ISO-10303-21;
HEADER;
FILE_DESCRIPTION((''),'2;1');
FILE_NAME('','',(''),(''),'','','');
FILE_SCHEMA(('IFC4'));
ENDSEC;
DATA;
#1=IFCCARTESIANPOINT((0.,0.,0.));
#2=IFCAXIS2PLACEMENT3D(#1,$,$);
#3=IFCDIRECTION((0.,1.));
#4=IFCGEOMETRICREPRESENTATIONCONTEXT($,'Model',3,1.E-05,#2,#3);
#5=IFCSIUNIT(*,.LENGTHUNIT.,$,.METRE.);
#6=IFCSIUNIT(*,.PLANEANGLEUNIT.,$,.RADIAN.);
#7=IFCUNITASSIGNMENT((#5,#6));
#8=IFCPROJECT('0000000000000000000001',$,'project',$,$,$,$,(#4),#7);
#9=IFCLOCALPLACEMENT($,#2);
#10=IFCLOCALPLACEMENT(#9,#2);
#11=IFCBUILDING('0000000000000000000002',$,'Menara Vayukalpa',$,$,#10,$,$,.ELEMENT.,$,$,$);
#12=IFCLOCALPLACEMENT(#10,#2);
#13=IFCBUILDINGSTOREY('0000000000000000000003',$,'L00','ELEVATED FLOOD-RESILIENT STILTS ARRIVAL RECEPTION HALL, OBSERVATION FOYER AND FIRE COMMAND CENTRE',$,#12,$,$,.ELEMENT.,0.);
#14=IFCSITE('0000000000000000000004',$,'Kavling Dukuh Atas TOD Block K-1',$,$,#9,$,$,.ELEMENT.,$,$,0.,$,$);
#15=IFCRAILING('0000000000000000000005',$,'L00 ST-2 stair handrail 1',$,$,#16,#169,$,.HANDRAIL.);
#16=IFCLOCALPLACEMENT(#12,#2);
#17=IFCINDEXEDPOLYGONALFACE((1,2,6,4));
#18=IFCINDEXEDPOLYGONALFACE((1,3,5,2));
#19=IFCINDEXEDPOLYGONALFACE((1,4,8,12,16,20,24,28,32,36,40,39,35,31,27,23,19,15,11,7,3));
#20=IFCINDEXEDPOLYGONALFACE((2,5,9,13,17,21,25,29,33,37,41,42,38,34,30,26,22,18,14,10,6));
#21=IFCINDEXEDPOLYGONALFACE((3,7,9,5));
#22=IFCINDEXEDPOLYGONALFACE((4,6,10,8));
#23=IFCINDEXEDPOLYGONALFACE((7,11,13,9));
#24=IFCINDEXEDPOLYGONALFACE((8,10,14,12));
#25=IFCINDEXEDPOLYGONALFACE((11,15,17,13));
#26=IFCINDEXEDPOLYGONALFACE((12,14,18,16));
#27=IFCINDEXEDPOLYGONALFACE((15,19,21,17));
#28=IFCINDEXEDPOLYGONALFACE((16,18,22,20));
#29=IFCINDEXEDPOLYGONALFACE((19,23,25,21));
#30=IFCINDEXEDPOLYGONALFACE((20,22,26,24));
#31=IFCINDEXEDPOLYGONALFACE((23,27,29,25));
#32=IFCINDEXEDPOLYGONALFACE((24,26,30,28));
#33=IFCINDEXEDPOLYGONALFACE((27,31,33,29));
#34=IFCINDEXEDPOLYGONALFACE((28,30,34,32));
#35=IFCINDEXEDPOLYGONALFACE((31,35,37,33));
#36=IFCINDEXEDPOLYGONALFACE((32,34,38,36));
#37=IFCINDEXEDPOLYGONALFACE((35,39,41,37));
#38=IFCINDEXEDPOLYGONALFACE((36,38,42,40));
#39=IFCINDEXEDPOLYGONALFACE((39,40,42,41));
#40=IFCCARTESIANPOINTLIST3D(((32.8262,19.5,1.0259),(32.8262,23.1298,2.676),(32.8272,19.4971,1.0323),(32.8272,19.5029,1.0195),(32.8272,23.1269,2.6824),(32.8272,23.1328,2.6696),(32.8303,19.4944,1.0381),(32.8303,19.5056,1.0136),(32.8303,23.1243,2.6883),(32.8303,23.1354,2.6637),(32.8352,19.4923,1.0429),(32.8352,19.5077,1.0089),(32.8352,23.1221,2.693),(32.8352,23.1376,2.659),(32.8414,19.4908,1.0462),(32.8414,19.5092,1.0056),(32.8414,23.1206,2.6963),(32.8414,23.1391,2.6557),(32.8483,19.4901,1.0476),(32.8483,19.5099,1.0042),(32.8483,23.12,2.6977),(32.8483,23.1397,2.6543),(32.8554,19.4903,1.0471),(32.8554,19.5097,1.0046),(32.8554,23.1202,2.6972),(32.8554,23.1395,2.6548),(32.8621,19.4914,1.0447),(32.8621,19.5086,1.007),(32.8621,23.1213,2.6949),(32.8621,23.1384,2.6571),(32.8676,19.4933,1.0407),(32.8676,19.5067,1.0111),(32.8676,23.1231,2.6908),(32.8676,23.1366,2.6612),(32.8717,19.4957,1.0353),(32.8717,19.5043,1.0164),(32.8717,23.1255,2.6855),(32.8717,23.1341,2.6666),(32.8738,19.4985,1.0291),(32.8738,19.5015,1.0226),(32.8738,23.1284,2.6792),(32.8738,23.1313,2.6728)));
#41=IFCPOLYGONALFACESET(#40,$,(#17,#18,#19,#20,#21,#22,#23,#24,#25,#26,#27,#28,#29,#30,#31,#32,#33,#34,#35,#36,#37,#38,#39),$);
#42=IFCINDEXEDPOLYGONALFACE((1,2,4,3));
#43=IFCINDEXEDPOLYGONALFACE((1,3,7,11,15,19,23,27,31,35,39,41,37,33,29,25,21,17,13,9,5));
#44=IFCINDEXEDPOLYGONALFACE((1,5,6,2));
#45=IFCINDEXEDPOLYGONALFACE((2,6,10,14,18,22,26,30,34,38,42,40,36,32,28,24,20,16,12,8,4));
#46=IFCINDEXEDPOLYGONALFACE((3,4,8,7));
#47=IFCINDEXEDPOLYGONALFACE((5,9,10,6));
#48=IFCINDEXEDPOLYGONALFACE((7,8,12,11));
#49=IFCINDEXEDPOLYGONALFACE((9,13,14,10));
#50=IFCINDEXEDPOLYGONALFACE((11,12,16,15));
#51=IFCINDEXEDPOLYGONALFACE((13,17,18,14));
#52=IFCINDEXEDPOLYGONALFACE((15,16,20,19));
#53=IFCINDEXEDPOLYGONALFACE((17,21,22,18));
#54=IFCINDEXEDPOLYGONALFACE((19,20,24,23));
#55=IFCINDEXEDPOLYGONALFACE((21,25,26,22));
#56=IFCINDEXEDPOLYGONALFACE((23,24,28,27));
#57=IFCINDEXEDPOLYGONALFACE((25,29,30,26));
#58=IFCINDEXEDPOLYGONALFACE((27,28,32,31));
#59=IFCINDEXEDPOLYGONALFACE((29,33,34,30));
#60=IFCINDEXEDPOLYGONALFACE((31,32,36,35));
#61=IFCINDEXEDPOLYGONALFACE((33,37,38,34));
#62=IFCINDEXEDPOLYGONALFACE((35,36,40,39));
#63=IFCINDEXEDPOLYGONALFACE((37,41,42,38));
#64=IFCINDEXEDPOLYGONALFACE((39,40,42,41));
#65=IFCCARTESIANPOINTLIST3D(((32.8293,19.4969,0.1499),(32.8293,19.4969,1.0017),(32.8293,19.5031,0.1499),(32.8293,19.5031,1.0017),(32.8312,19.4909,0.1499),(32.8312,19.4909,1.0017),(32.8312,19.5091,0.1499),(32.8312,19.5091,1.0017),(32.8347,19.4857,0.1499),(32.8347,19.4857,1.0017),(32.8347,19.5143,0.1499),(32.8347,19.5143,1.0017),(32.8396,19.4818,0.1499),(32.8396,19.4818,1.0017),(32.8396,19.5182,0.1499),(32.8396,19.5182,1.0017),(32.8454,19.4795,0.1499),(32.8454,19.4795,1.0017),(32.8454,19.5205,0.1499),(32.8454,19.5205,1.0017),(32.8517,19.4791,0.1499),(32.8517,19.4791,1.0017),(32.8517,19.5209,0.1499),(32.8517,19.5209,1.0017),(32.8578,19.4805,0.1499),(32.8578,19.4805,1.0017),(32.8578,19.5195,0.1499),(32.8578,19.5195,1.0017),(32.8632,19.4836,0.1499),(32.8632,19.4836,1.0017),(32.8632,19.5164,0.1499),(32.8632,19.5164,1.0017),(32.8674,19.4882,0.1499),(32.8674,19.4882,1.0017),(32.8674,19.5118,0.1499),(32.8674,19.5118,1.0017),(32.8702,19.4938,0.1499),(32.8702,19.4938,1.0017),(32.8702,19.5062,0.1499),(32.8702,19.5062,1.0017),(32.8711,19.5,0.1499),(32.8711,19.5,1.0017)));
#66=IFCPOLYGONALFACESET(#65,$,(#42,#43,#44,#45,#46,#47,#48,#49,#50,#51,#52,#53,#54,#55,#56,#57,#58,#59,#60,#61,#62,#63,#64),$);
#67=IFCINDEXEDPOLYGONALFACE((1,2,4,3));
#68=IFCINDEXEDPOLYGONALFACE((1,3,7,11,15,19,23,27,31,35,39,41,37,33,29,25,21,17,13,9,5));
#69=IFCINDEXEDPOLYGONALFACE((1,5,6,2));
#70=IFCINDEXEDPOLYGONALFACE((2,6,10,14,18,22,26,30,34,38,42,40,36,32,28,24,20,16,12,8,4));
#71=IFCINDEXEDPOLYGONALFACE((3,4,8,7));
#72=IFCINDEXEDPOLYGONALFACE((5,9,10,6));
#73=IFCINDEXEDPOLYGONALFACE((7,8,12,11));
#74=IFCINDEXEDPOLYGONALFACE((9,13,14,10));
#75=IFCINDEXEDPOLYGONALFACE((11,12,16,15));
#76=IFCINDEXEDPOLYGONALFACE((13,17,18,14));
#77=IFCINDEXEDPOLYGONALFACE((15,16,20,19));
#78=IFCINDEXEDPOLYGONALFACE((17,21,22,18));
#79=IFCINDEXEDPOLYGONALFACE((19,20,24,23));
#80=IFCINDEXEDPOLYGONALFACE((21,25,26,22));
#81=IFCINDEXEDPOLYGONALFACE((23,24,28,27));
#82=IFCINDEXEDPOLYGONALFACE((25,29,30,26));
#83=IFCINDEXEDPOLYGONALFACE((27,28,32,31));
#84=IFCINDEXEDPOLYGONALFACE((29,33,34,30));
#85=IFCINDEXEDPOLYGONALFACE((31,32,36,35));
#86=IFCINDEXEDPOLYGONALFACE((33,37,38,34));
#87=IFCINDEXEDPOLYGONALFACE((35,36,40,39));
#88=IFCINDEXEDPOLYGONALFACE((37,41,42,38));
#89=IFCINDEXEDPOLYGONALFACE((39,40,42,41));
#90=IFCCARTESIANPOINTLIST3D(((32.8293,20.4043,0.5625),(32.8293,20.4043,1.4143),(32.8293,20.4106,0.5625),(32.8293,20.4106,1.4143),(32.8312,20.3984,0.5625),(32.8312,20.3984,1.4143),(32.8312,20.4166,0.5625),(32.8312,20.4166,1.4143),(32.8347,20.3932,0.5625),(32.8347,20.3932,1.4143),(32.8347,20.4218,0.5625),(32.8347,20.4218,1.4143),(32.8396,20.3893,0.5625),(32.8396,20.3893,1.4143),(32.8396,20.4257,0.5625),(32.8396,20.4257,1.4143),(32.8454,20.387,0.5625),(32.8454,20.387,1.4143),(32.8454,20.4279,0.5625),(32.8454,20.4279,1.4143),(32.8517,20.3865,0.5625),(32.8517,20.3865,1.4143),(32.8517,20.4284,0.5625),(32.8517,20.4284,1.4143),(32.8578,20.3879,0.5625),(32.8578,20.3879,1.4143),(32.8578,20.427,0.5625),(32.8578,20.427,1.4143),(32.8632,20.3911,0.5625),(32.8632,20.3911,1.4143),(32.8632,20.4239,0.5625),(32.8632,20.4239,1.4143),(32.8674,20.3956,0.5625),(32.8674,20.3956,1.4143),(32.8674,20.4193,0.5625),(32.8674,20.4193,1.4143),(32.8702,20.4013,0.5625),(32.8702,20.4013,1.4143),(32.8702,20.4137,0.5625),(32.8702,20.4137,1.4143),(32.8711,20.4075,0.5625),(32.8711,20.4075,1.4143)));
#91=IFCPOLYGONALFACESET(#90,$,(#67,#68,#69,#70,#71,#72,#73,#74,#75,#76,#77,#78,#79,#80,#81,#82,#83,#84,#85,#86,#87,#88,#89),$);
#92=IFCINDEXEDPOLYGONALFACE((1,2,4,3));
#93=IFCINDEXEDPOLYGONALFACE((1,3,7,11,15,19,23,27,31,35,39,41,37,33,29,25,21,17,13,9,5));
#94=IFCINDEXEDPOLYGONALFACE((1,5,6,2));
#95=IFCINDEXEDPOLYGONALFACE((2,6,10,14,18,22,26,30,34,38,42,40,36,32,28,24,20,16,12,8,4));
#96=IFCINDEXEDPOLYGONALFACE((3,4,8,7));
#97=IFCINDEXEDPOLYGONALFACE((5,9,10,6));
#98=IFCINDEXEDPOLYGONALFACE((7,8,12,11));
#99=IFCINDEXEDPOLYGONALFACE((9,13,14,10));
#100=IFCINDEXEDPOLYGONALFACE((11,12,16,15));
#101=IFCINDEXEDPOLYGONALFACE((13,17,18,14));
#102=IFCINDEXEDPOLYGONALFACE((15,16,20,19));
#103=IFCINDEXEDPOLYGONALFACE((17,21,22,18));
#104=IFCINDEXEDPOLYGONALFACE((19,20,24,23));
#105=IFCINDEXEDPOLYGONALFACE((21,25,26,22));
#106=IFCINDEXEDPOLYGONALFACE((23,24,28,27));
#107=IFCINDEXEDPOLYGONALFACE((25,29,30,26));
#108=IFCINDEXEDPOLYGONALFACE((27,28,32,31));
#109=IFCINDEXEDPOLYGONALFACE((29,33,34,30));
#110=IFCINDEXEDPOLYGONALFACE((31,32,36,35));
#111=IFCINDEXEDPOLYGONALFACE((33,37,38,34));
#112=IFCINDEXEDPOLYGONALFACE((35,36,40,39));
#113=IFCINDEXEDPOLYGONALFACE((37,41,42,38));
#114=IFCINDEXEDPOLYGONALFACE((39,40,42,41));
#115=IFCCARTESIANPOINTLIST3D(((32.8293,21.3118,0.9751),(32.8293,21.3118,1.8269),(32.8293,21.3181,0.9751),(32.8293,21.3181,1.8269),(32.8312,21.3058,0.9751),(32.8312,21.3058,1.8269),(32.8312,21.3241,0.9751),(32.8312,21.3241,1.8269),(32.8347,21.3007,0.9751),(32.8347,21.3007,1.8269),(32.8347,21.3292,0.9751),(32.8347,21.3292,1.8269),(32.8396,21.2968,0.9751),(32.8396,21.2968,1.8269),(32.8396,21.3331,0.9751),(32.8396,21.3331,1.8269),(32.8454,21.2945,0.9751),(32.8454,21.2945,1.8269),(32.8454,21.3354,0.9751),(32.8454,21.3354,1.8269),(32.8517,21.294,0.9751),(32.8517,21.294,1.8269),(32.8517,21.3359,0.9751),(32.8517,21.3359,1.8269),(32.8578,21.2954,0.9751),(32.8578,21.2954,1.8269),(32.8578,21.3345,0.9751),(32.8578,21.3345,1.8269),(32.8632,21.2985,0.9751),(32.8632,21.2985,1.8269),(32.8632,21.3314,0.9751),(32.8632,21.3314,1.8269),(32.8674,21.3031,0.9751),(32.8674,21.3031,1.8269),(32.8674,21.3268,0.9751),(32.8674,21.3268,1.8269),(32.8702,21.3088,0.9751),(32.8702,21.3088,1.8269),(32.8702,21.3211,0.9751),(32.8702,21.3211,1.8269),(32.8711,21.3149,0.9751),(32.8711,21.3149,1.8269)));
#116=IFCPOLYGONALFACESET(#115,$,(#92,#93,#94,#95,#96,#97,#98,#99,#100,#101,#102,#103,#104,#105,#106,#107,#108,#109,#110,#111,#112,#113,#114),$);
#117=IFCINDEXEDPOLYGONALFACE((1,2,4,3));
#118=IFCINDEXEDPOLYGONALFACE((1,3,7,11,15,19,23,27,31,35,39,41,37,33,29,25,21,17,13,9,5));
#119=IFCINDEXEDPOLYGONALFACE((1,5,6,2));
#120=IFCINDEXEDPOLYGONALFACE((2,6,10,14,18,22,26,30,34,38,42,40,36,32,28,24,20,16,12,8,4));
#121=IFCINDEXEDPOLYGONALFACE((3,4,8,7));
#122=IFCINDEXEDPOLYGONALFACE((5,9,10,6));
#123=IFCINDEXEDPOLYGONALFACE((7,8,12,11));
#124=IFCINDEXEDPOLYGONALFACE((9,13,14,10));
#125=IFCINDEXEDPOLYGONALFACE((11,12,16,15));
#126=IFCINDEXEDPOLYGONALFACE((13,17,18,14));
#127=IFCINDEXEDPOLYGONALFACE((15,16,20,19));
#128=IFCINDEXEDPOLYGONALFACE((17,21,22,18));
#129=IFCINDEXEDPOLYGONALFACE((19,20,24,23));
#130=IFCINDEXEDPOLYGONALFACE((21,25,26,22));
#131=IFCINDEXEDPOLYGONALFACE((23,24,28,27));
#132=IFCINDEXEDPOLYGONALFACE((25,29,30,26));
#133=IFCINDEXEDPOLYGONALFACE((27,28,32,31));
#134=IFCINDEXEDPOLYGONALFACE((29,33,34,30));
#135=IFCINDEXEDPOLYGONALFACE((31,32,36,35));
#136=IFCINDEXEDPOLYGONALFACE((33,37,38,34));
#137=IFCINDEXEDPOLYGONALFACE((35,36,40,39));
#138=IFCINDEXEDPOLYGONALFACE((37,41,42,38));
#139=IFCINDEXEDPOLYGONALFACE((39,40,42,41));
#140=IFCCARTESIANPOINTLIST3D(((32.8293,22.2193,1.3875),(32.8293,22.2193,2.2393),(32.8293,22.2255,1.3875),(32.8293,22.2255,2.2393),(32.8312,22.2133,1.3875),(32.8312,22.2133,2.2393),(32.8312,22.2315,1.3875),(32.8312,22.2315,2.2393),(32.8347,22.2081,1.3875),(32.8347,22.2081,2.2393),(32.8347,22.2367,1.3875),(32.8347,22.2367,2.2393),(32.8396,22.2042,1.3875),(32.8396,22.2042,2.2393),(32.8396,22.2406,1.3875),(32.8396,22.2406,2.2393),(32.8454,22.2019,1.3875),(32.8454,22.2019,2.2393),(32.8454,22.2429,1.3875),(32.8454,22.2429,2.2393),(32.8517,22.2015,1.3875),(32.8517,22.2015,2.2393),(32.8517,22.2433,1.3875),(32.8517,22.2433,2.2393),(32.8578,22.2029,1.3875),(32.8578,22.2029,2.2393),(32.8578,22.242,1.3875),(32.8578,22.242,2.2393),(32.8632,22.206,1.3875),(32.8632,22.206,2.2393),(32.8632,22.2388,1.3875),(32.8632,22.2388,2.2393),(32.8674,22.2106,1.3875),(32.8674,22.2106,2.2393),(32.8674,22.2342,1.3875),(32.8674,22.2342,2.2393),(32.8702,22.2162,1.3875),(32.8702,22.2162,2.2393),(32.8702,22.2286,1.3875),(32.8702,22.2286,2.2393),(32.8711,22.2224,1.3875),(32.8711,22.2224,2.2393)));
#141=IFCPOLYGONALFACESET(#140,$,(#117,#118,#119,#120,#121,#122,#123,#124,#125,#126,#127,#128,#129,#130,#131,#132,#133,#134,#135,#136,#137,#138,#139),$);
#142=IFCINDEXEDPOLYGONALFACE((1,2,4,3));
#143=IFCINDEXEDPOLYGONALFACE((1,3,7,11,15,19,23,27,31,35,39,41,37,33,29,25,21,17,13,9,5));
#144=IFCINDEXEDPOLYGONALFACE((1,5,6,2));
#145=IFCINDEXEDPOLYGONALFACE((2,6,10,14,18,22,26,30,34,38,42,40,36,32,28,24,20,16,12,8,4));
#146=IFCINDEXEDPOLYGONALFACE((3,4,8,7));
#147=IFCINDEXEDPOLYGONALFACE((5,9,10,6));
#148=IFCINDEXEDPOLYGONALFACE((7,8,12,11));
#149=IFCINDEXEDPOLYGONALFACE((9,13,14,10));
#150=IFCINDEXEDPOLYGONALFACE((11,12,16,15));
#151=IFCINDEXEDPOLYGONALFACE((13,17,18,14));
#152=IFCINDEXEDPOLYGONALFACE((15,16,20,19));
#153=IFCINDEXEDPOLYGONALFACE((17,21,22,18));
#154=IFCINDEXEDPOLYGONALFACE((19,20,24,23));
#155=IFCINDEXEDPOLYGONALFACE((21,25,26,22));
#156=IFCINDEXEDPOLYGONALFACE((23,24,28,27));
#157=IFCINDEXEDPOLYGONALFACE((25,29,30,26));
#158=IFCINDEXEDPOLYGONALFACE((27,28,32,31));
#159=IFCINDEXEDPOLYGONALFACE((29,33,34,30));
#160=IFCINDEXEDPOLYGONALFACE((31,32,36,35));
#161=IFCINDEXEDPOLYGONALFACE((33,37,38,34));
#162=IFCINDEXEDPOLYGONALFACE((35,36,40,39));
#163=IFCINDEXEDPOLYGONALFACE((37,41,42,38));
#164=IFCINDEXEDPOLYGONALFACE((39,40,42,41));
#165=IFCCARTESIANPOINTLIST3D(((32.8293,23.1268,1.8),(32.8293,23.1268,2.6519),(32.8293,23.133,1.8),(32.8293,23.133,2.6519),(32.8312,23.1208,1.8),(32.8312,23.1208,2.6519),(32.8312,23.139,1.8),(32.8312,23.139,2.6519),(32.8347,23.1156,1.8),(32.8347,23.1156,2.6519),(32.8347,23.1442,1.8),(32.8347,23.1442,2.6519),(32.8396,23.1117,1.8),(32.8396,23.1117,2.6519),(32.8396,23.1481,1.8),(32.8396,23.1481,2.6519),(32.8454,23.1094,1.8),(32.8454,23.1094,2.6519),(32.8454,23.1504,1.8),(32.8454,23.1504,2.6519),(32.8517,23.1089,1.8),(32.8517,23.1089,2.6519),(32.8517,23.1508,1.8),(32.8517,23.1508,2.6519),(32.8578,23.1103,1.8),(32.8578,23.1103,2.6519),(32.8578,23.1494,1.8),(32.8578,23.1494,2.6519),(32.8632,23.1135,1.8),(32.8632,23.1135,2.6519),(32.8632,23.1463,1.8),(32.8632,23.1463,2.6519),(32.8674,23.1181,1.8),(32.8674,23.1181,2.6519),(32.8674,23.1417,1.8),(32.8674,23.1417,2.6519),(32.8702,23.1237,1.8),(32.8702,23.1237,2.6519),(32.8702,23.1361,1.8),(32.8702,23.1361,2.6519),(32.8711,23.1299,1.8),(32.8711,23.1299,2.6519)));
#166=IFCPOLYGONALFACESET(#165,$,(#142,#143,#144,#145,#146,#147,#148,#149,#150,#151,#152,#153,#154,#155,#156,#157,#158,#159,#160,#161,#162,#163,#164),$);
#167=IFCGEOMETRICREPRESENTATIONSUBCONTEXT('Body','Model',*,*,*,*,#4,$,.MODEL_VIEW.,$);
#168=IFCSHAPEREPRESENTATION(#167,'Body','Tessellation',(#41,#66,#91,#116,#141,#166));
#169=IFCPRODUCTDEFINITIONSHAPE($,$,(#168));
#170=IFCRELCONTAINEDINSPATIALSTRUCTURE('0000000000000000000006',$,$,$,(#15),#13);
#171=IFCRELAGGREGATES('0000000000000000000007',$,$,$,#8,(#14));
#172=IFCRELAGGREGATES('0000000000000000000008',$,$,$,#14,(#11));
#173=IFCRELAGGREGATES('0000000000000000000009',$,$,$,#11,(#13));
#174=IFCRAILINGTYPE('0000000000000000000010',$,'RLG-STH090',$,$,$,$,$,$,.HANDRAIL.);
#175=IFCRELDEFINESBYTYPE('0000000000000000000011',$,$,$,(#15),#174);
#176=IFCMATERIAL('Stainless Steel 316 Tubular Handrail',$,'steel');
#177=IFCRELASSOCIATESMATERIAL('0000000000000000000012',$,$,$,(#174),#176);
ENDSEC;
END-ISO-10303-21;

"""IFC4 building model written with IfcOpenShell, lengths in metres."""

from ifc_helpers import new_model, si_unit, direction, frame, origin, origin_2d, place, context, subcontext, project, spatial, circle, extrude, material, type_object, element, save


model = new_model("IFC4")

# Units and contexts
model_context = context("Model", 3, precision=1e-05, world=origin(), true_north=direction((0.0, 1.0)))
body_context = subcontext(model_context, "Body", "Model", "MODEL_VIEW")
ifc_project = project(units=[si_unit("LENGTHUNIT", "METRE"), si_unit("PLANEANGLEUNIT", "RADIAN")], contexts=[model_context])

# Site, building, storey
site_placement = place(None, origin())
site = spatial("IfcSite", under=ifc_project, at=site_placement, Name="Kavling Dukuh Atas TOD Block K-1", CompositionType="ELEMENT", RefElevation=0.0)
building_placement = place(site_placement, origin())
building = spatial("IfcBuilding", under=site, at=building_placement, Name="Menara Vayukalpa", CompositionType="ELEMENT")
storey_placement = place(building_placement, origin())
storey = spatial("IfcBuildingStorey", under=building, at=storey_placement, Name="L00", Description="ELEVATED FLOOD-RESILIENT STILTS ARRIVAL RECEPTION HALL, OBSERVATION FOYER AND FIRE COMMAND CENTRE", CompositionType="ELEMENT", Elevation=0.0)

# Railing
ifc_material_1 = material(Name="Stainless Steel 316 Tubular Handrail", Category="steel")
railing_type_1 = type_object("IfcRailingType", Name="RLG-STH090", PredefinedType="HANDRAIL", material=ifc_material_1)
railing_1_placement = place(storey_placement, frame((32.8501, 19.5, 0.1499)))
element("IfcRailing", 1, at=railing_1_placement, inside=storey, type_object=railing_type_1, Name="L00 ST-2 stair handrail 1", PredefinedType="HANDRAIL", context=body_context, shape_type="SweptSolid", body=[
    extrude(circle(Radius=0.0239, at=origin_2d()), frame((0.0, 0.0, 0.876), z_axis=(0.0, 0.910348, 0.413844), x_axis=(-1.0, 0.0, 0.0)), (0.0, 0.0, 1.0), 3.9873),
    extrude(circle(Radius=0.021, at=origin_2d()), origin(), (0.0, 0.0, 1.0), 0.8518),
    extrude(circle(Radius=0.021, at=origin_2d()), frame((0.0, 0.9075, 0.4126)), (0.0, 0.0, 1.0), 0.8518),
    extrude(circle(Radius=0.021, at=origin_2d()), frame((0.0, 1.8149, 0.8252)), (0.0, 0.0, 1.0), 0.8518),
    extrude(circle(Radius=0.021, at=origin_2d()), frame((0.0, 2.7224, 1.2375)), (0.0, 0.0, 1.0), 0.8518),
    extrude(circle(Radius=0.021, at=origin_2d()), frame((0.0, 3.6299, 1.6501)), (0.0, 0.0, 1.0), 0.8518),
])

save(model, "model.ifc")
